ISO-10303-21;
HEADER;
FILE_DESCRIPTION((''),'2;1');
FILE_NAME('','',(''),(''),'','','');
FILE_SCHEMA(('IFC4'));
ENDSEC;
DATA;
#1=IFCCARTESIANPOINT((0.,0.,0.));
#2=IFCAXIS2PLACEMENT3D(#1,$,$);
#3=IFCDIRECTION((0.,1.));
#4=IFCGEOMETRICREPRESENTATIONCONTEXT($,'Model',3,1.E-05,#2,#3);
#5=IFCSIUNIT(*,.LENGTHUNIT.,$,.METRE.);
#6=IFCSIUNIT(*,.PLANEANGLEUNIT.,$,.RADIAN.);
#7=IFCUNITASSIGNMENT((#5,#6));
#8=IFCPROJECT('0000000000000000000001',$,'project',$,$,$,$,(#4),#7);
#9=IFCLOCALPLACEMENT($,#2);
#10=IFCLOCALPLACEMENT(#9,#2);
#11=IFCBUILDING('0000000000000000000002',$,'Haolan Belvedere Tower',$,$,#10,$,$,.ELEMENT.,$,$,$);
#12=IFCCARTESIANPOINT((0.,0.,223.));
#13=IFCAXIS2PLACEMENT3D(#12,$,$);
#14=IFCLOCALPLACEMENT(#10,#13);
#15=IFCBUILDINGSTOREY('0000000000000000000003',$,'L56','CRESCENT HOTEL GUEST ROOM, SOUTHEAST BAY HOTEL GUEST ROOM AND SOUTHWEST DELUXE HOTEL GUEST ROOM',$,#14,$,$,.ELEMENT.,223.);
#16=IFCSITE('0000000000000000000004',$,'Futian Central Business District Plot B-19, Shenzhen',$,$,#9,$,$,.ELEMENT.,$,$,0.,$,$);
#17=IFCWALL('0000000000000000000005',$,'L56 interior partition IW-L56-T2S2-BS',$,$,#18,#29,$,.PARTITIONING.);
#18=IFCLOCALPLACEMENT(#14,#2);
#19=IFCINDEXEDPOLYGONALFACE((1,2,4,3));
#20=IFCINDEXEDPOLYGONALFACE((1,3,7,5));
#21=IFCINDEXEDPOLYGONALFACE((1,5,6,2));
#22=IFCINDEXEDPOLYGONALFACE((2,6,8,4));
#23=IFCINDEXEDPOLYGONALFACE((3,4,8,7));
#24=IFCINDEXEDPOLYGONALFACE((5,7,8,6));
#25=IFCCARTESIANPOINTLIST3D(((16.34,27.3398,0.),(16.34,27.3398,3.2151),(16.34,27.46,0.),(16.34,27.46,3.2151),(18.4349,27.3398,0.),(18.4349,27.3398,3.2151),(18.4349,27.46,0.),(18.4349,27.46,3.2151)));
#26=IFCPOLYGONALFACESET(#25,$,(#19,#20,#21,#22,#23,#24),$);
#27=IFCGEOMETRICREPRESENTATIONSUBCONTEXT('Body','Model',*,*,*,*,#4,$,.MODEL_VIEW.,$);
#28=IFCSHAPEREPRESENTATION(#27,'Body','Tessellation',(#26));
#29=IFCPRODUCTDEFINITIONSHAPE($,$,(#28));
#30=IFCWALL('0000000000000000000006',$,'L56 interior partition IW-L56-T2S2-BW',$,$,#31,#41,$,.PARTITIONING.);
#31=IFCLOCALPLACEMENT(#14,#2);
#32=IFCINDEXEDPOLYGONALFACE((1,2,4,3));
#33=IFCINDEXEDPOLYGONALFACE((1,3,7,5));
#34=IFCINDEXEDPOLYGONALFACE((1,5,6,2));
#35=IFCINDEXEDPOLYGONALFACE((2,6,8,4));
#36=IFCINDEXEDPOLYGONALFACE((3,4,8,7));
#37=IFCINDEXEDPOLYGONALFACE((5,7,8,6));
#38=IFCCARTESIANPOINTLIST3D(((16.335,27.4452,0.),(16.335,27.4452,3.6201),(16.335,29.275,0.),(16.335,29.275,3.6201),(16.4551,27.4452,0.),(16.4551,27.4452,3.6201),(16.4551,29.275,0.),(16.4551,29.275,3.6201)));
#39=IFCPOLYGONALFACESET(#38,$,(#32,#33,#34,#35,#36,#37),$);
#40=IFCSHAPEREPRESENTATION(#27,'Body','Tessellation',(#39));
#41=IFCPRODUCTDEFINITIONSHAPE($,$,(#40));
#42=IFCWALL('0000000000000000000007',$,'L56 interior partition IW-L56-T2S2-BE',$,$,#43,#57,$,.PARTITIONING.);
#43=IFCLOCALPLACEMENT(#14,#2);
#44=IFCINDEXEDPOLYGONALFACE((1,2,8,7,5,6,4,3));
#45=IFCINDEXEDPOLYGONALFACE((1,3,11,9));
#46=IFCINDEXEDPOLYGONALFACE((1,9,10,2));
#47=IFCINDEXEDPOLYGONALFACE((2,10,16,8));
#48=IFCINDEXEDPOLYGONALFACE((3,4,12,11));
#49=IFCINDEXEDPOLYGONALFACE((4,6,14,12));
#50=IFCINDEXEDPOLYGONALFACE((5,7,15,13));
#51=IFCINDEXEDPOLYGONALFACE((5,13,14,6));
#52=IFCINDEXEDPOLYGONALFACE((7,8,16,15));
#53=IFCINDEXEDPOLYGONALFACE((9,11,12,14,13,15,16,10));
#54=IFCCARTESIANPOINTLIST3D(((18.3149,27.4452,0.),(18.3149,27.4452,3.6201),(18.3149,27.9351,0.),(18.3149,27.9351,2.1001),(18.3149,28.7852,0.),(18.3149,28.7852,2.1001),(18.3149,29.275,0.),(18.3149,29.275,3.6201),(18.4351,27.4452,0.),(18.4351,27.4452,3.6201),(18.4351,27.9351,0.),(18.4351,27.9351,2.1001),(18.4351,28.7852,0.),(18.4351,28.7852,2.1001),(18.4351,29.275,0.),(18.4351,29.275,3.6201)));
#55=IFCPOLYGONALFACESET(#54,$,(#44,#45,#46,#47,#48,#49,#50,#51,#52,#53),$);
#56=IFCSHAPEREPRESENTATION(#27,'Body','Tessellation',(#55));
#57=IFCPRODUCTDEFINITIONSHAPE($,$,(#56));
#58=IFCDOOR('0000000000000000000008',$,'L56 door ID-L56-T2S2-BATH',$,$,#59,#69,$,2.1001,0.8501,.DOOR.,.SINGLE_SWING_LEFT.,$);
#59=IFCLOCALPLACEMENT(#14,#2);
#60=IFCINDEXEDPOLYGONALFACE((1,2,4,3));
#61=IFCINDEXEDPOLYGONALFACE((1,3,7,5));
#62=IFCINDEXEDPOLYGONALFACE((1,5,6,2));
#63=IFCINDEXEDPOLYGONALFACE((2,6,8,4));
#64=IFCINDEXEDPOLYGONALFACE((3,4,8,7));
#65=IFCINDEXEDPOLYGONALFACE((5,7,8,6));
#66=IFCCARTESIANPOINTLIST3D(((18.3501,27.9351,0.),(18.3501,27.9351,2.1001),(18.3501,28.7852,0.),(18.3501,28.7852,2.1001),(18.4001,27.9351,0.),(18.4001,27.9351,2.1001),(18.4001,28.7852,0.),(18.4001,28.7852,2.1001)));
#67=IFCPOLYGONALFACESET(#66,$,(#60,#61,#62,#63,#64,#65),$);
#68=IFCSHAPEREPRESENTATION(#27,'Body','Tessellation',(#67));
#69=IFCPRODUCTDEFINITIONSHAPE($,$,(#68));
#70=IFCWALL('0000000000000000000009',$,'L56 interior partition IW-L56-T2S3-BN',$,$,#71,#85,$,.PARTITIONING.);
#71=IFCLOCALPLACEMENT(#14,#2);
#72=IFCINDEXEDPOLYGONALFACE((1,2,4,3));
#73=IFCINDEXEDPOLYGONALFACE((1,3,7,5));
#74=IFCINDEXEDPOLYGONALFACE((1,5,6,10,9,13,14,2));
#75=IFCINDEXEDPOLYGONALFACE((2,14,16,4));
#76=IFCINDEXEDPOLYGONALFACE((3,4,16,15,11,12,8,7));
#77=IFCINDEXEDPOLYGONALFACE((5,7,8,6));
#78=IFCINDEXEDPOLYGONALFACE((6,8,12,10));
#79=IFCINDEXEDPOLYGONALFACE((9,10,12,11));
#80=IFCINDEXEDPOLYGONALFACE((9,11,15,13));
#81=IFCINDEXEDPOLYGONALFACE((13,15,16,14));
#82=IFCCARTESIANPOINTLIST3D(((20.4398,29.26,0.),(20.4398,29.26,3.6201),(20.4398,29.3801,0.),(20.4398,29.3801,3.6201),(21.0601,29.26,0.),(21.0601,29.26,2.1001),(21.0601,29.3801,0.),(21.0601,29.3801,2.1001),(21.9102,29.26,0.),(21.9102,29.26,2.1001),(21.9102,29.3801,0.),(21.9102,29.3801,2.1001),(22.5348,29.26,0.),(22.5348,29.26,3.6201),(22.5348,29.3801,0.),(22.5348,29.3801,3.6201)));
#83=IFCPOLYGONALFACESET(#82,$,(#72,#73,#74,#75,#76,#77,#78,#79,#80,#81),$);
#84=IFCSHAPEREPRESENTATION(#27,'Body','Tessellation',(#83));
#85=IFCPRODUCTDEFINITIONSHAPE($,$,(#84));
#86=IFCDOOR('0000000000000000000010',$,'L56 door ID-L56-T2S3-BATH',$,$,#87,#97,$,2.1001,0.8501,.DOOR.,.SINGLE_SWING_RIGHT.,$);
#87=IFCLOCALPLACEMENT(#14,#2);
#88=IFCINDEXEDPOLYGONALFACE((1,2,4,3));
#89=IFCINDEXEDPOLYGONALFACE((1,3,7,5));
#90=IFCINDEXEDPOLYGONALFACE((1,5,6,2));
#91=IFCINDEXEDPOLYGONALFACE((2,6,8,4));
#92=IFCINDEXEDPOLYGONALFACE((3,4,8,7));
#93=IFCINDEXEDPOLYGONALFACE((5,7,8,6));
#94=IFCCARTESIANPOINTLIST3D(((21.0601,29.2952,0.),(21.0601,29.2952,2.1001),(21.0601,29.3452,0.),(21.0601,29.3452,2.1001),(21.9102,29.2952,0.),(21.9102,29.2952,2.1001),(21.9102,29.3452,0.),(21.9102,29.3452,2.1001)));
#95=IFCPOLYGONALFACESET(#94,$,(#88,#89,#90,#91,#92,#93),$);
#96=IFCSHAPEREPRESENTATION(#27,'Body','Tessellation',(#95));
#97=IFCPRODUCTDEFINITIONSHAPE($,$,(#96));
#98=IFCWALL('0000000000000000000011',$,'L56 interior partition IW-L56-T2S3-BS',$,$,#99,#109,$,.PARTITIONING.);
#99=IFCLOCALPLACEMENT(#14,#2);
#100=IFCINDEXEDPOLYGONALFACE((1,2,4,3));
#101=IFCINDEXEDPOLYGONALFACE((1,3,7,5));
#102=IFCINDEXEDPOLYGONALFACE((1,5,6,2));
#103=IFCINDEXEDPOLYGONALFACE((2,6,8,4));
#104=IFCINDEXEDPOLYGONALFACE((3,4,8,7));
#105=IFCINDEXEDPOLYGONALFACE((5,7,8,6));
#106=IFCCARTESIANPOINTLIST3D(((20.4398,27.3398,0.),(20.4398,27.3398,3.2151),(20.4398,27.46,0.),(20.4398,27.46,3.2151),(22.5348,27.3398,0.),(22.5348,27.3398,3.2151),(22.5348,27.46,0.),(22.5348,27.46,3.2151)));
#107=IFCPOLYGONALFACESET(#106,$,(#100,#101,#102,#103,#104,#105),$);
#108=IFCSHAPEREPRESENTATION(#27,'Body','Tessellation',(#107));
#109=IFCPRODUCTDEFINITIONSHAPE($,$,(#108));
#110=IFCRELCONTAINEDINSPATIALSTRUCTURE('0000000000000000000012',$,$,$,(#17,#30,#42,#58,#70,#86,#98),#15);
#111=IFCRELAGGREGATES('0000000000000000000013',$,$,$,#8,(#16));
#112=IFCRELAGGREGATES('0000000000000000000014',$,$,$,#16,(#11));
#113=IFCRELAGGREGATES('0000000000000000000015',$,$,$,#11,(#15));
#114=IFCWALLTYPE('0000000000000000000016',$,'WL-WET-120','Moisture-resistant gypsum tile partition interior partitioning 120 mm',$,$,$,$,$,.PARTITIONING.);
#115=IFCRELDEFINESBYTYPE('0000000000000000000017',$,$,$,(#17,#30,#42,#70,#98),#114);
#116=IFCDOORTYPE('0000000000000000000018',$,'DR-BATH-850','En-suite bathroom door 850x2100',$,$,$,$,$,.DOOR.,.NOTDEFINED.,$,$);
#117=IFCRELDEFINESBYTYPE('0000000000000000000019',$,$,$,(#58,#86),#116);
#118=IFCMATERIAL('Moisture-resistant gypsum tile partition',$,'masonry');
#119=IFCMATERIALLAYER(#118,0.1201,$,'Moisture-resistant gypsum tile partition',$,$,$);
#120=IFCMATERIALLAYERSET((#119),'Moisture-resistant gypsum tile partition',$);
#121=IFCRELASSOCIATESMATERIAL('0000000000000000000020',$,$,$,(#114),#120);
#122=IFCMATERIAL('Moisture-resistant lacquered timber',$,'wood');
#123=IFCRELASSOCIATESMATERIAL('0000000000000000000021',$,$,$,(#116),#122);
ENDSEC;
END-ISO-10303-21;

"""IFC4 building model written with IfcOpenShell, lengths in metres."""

from ifc_helpers import new_model, si_unit, direction, frame, frame_2d, origin, place, context, subcontext, project, spatial, rectangle, extrude, material, layer, layer_set, type_object, element, fill, save


model = new_model("IFC4")

# Units and contexts
model_context = context("Model", 3, precision=1e-05, world=origin(), true_north=direction((0.0, 1.0)))
body_context = subcontext(model_context, "Body", "Model", "MODEL_VIEW")
ifc_project = project(units=[si_unit("LENGTHUNIT", "METRE"), si_unit("PLANEANGLEUNIT", "RADIAN")], contexts=[model_context])

# Site, building, storey
site_placement = place(None, origin())
site = spatial("IfcSite", under=ifc_project, at=site_placement, Name="Futian Central Business District Plot B-19, Shenzhen", CompositionType="ELEMENT", RefElevation=0.0)
building_placement = place(site_placement, origin())
building = spatial("IfcBuilding", under=site, at=building_placement, Name="Haolan Belvedere Tower", CompositionType="ELEMENT")
storey_placement = place(building_placement, frame((0.0, 0.0, 223.0)))
storey = spatial("IfcBuildingStorey", under=building, at=storey_placement, Name="L56", Description="CRESCENT HOTEL GUEST ROOM, SOUTHEAST BAY HOTEL GUEST ROOM AND SOUTHWEST DELUXE HOTEL GUEST ROOM", CompositionType="ELEMENT", Elevation=223.0)

# Shared definitions
ifc_material_1 = material(Name="Moisture-resistant gypsum tile partition", Category="masonry")
ifc_layer_1 = layer(ifc_material_1, 0.1201, Name="Moisture-resistant gypsum tile partition")
ifc_layer_set_1 = layer_set([ifc_layer_1], Name="Moisture-resistant gypsum tile partition")
wall_type_1 = type_object("IfcWallType", Name="WL-WET-120", Description="Moisture-resistant gypsum tile partition interior partitioning 120 mm", PredefinedType="PARTITIONING", material=ifc_layer_set_1)
ifc_material_2 = material(Name="Moisture-resistant lacquered timber", Category="wood")
door_type_1 = type_object("IfcDoorType", Name="DR-BATH-850", Description="En-suite bathroom door 850x2100", OperationType="NOTDEFINED", PredefinedType="DOOR", material=ifc_material_2)

# Walls
wall_1_placement = place(storey_placement, frame((16.3401, 27.3999, 0.0), z_axis=(0.0, 0.0, 1.0), x_axis=(1.0, 0.0, 0.0)))
element("IfcWall", 1, at=wall_1_placement, inside=storey, type_object=wall_type_1, Name="L56 interior partition IW-L56-T2S2-BS", PredefinedType="PARTITIONING", context=body_context, shape_type="SweptSolid", body=[
    extrude(rectangle(XDim=2.095, YDim=0.1201, at=frame_2d((1.0474, 0.0))), origin(), (0.0, 0.0, 1.0), 3.2151),
])
wall_2_placement = place(storey_placement, frame((16.395, 27.4451, 0.0), z_axis=(0.0, 0.0, 1.0), x_axis=(0.0, 1.0, 0.0)))
element("IfcWall", 2, at=wall_2_placement, inside=storey, type_object=wall_type_1, Name="L56 interior partition IW-L56-T2S2-BW", PredefinedType="PARTITIONING", context=body_context, shape_type="SweptSolid", body=[
    extrude(rectangle(XDim=1.8298, YDim=0.1201, at=frame_2d((0.915, 0.0))), origin(), (0.0, 0.0, 1.0), 3.6201),
])

# Walls, openings, doors
wall_3_placement = place(storey_placement, frame((18.375, 27.4451, 0.0), z_axis=(0.0, 0.0, 1.0), x_axis=(0.0, 1.0, 0.0)))
wall_3 = element("IfcWall", 3, at=wall_3_placement, inside=storey, type_object=wall_type_1, Name="L56 interior partition IW-L56-T2S2-BE", PredefinedType="PARTITIONING", context=body_context, shape_type="SweptSolid", body=[
    extrude(rectangle(XDim=1.8298, YDim=0.1201, at=frame_2d((0.915, 0.0))), origin(), (0.0, 0.0, 1.0), 3.6201),
])
opening_1_placement = place(wall_3_placement, frame((0.49, 0.0, 0.0)))
opening_1 = element("IfcOpeningElement", 4, at=opening_1_placement, cuts=wall_3, PredefinedType="OPENING", context=body_context, shape_type="SweptSolid", body=[
    extrude(rectangle(XDim=0.8501, YDim=2.1001, at=frame_2d((0.425, 1.05))), frame((0.0, 0.0701, 0.0), z_axis=(0.0, -1.0, 0.0), x_axis=(1.0, 0.0, 0.0)), (0.0, 0.0, 1.0), 0.1401),
])
door_1_placement = place(opening_1_placement, origin())
door_1 = element("IfcDoor", 5, at=door_1_placement, inside=storey, type_object=door_type_1, Name="L56 door ID-L56-T2S2-BATH", OperationType="SINGLE_SWING_LEFT", OverallHeight=2.1001, OverallWidth=0.8501, PredefinedType="DOOR", context=body_context, shape_type="SweptSolid", body=[
    extrude(rectangle(XDim=0.8501, YDim=2.1001, at=frame_2d((0.425, 1.05))), frame((0.0, 0.0249, 0.0), z_axis=(0.0, -1.0, 0.0), x_axis=(1.0, 0.0, 0.0)), (0.0, 0.0, 1.0), 0.05),
])
fill(opening_1, door_1)
wall_4_placement = place(storey_placement, frame((20.4399, 29.3201, 0.0), z_axis=(0.0, 0.0, 1.0), x_axis=(1.0, 0.0, 0.0)))
wall_4 = element("IfcWall", 6, at=wall_4_placement, inside=storey, type_object=wall_type_1, Name="L56 interior partition IW-L56-T2S3-BN", PredefinedType="PARTITIONING", context=body_context, shape_type="SweptSolid", body=[
    extrude(rectangle(XDim=2.095, YDim=0.1201, at=frame_2d((1.0474, 0.0))), origin(), (0.0, 0.0, 1.0), 3.6201),
])
opening_2_placement = place(wall_4_placement, frame((1.4702, 0.0, 0.0), z_axis=(0.0, 0.0, 1.0), x_axis=(-1.0, 0.0, 0.0)))
opening_2 = element("IfcOpeningElement", 7, at=opening_2_placement, cuts=wall_4, PredefinedType="OPENING", context=body_context, shape_type="SweptSolid", body=[
    extrude(rectangle(XDim=0.8501, YDim=2.1001, at=frame_2d((0.425, 1.05))), frame((0.0, 0.0701, 0.0), z_axis=(0.0, -1.0, 0.0), x_axis=(1.0, 0.0, 0.0)), (0.0, 0.0, 1.0), 0.1401),
])
door_2_placement = place(opening_2_placement, origin())
door_2 = element("IfcDoor", 8, at=door_2_placement, inside=storey, type_object=door_type_1, Name="L56 door ID-L56-T2S3-BATH", OperationType="SINGLE_SWING_RIGHT", OverallHeight=2.1001, OverallWidth=0.8501, PredefinedType="DOOR", context=body_context, shape_type="SweptSolid", body=[
    extrude(rectangle(XDim=0.8501, YDim=2.1001, at=frame_2d((0.425, 1.05))), frame((0.0, 0.0249, 0.0), z_axis=(0.0, -1.0, 0.0), x_axis=(1.0, 0.0, 0.0)), (0.0, 0.0, 1.0), 0.05),
])
fill(opening_2, door_2)

# Wall
wall_5_placement = place(storey_placement, frame((20.4399, 27.3999, 0.0), z_axis=(0.0, 0.0, 1.0), x_axis=(1.0, 0.0, 0.0)))
element("IfcWall", 9, at=wall_5_placement, inside=storey, type_object=wall_type_1, Name="L56 interior partition IW-L56-T2S3-BS", PredefinedType="PARTITIONING", context=body_context, shape_type="SweptSolid", body=[
    extrude(rectangle(XDim=2.095, YDim=0.1201, at=frame_2d((1.0474, 0.0))), origin(), (0.0, 0.0, 1.0), 3.2151),
])

save(model, "model.ifc")
